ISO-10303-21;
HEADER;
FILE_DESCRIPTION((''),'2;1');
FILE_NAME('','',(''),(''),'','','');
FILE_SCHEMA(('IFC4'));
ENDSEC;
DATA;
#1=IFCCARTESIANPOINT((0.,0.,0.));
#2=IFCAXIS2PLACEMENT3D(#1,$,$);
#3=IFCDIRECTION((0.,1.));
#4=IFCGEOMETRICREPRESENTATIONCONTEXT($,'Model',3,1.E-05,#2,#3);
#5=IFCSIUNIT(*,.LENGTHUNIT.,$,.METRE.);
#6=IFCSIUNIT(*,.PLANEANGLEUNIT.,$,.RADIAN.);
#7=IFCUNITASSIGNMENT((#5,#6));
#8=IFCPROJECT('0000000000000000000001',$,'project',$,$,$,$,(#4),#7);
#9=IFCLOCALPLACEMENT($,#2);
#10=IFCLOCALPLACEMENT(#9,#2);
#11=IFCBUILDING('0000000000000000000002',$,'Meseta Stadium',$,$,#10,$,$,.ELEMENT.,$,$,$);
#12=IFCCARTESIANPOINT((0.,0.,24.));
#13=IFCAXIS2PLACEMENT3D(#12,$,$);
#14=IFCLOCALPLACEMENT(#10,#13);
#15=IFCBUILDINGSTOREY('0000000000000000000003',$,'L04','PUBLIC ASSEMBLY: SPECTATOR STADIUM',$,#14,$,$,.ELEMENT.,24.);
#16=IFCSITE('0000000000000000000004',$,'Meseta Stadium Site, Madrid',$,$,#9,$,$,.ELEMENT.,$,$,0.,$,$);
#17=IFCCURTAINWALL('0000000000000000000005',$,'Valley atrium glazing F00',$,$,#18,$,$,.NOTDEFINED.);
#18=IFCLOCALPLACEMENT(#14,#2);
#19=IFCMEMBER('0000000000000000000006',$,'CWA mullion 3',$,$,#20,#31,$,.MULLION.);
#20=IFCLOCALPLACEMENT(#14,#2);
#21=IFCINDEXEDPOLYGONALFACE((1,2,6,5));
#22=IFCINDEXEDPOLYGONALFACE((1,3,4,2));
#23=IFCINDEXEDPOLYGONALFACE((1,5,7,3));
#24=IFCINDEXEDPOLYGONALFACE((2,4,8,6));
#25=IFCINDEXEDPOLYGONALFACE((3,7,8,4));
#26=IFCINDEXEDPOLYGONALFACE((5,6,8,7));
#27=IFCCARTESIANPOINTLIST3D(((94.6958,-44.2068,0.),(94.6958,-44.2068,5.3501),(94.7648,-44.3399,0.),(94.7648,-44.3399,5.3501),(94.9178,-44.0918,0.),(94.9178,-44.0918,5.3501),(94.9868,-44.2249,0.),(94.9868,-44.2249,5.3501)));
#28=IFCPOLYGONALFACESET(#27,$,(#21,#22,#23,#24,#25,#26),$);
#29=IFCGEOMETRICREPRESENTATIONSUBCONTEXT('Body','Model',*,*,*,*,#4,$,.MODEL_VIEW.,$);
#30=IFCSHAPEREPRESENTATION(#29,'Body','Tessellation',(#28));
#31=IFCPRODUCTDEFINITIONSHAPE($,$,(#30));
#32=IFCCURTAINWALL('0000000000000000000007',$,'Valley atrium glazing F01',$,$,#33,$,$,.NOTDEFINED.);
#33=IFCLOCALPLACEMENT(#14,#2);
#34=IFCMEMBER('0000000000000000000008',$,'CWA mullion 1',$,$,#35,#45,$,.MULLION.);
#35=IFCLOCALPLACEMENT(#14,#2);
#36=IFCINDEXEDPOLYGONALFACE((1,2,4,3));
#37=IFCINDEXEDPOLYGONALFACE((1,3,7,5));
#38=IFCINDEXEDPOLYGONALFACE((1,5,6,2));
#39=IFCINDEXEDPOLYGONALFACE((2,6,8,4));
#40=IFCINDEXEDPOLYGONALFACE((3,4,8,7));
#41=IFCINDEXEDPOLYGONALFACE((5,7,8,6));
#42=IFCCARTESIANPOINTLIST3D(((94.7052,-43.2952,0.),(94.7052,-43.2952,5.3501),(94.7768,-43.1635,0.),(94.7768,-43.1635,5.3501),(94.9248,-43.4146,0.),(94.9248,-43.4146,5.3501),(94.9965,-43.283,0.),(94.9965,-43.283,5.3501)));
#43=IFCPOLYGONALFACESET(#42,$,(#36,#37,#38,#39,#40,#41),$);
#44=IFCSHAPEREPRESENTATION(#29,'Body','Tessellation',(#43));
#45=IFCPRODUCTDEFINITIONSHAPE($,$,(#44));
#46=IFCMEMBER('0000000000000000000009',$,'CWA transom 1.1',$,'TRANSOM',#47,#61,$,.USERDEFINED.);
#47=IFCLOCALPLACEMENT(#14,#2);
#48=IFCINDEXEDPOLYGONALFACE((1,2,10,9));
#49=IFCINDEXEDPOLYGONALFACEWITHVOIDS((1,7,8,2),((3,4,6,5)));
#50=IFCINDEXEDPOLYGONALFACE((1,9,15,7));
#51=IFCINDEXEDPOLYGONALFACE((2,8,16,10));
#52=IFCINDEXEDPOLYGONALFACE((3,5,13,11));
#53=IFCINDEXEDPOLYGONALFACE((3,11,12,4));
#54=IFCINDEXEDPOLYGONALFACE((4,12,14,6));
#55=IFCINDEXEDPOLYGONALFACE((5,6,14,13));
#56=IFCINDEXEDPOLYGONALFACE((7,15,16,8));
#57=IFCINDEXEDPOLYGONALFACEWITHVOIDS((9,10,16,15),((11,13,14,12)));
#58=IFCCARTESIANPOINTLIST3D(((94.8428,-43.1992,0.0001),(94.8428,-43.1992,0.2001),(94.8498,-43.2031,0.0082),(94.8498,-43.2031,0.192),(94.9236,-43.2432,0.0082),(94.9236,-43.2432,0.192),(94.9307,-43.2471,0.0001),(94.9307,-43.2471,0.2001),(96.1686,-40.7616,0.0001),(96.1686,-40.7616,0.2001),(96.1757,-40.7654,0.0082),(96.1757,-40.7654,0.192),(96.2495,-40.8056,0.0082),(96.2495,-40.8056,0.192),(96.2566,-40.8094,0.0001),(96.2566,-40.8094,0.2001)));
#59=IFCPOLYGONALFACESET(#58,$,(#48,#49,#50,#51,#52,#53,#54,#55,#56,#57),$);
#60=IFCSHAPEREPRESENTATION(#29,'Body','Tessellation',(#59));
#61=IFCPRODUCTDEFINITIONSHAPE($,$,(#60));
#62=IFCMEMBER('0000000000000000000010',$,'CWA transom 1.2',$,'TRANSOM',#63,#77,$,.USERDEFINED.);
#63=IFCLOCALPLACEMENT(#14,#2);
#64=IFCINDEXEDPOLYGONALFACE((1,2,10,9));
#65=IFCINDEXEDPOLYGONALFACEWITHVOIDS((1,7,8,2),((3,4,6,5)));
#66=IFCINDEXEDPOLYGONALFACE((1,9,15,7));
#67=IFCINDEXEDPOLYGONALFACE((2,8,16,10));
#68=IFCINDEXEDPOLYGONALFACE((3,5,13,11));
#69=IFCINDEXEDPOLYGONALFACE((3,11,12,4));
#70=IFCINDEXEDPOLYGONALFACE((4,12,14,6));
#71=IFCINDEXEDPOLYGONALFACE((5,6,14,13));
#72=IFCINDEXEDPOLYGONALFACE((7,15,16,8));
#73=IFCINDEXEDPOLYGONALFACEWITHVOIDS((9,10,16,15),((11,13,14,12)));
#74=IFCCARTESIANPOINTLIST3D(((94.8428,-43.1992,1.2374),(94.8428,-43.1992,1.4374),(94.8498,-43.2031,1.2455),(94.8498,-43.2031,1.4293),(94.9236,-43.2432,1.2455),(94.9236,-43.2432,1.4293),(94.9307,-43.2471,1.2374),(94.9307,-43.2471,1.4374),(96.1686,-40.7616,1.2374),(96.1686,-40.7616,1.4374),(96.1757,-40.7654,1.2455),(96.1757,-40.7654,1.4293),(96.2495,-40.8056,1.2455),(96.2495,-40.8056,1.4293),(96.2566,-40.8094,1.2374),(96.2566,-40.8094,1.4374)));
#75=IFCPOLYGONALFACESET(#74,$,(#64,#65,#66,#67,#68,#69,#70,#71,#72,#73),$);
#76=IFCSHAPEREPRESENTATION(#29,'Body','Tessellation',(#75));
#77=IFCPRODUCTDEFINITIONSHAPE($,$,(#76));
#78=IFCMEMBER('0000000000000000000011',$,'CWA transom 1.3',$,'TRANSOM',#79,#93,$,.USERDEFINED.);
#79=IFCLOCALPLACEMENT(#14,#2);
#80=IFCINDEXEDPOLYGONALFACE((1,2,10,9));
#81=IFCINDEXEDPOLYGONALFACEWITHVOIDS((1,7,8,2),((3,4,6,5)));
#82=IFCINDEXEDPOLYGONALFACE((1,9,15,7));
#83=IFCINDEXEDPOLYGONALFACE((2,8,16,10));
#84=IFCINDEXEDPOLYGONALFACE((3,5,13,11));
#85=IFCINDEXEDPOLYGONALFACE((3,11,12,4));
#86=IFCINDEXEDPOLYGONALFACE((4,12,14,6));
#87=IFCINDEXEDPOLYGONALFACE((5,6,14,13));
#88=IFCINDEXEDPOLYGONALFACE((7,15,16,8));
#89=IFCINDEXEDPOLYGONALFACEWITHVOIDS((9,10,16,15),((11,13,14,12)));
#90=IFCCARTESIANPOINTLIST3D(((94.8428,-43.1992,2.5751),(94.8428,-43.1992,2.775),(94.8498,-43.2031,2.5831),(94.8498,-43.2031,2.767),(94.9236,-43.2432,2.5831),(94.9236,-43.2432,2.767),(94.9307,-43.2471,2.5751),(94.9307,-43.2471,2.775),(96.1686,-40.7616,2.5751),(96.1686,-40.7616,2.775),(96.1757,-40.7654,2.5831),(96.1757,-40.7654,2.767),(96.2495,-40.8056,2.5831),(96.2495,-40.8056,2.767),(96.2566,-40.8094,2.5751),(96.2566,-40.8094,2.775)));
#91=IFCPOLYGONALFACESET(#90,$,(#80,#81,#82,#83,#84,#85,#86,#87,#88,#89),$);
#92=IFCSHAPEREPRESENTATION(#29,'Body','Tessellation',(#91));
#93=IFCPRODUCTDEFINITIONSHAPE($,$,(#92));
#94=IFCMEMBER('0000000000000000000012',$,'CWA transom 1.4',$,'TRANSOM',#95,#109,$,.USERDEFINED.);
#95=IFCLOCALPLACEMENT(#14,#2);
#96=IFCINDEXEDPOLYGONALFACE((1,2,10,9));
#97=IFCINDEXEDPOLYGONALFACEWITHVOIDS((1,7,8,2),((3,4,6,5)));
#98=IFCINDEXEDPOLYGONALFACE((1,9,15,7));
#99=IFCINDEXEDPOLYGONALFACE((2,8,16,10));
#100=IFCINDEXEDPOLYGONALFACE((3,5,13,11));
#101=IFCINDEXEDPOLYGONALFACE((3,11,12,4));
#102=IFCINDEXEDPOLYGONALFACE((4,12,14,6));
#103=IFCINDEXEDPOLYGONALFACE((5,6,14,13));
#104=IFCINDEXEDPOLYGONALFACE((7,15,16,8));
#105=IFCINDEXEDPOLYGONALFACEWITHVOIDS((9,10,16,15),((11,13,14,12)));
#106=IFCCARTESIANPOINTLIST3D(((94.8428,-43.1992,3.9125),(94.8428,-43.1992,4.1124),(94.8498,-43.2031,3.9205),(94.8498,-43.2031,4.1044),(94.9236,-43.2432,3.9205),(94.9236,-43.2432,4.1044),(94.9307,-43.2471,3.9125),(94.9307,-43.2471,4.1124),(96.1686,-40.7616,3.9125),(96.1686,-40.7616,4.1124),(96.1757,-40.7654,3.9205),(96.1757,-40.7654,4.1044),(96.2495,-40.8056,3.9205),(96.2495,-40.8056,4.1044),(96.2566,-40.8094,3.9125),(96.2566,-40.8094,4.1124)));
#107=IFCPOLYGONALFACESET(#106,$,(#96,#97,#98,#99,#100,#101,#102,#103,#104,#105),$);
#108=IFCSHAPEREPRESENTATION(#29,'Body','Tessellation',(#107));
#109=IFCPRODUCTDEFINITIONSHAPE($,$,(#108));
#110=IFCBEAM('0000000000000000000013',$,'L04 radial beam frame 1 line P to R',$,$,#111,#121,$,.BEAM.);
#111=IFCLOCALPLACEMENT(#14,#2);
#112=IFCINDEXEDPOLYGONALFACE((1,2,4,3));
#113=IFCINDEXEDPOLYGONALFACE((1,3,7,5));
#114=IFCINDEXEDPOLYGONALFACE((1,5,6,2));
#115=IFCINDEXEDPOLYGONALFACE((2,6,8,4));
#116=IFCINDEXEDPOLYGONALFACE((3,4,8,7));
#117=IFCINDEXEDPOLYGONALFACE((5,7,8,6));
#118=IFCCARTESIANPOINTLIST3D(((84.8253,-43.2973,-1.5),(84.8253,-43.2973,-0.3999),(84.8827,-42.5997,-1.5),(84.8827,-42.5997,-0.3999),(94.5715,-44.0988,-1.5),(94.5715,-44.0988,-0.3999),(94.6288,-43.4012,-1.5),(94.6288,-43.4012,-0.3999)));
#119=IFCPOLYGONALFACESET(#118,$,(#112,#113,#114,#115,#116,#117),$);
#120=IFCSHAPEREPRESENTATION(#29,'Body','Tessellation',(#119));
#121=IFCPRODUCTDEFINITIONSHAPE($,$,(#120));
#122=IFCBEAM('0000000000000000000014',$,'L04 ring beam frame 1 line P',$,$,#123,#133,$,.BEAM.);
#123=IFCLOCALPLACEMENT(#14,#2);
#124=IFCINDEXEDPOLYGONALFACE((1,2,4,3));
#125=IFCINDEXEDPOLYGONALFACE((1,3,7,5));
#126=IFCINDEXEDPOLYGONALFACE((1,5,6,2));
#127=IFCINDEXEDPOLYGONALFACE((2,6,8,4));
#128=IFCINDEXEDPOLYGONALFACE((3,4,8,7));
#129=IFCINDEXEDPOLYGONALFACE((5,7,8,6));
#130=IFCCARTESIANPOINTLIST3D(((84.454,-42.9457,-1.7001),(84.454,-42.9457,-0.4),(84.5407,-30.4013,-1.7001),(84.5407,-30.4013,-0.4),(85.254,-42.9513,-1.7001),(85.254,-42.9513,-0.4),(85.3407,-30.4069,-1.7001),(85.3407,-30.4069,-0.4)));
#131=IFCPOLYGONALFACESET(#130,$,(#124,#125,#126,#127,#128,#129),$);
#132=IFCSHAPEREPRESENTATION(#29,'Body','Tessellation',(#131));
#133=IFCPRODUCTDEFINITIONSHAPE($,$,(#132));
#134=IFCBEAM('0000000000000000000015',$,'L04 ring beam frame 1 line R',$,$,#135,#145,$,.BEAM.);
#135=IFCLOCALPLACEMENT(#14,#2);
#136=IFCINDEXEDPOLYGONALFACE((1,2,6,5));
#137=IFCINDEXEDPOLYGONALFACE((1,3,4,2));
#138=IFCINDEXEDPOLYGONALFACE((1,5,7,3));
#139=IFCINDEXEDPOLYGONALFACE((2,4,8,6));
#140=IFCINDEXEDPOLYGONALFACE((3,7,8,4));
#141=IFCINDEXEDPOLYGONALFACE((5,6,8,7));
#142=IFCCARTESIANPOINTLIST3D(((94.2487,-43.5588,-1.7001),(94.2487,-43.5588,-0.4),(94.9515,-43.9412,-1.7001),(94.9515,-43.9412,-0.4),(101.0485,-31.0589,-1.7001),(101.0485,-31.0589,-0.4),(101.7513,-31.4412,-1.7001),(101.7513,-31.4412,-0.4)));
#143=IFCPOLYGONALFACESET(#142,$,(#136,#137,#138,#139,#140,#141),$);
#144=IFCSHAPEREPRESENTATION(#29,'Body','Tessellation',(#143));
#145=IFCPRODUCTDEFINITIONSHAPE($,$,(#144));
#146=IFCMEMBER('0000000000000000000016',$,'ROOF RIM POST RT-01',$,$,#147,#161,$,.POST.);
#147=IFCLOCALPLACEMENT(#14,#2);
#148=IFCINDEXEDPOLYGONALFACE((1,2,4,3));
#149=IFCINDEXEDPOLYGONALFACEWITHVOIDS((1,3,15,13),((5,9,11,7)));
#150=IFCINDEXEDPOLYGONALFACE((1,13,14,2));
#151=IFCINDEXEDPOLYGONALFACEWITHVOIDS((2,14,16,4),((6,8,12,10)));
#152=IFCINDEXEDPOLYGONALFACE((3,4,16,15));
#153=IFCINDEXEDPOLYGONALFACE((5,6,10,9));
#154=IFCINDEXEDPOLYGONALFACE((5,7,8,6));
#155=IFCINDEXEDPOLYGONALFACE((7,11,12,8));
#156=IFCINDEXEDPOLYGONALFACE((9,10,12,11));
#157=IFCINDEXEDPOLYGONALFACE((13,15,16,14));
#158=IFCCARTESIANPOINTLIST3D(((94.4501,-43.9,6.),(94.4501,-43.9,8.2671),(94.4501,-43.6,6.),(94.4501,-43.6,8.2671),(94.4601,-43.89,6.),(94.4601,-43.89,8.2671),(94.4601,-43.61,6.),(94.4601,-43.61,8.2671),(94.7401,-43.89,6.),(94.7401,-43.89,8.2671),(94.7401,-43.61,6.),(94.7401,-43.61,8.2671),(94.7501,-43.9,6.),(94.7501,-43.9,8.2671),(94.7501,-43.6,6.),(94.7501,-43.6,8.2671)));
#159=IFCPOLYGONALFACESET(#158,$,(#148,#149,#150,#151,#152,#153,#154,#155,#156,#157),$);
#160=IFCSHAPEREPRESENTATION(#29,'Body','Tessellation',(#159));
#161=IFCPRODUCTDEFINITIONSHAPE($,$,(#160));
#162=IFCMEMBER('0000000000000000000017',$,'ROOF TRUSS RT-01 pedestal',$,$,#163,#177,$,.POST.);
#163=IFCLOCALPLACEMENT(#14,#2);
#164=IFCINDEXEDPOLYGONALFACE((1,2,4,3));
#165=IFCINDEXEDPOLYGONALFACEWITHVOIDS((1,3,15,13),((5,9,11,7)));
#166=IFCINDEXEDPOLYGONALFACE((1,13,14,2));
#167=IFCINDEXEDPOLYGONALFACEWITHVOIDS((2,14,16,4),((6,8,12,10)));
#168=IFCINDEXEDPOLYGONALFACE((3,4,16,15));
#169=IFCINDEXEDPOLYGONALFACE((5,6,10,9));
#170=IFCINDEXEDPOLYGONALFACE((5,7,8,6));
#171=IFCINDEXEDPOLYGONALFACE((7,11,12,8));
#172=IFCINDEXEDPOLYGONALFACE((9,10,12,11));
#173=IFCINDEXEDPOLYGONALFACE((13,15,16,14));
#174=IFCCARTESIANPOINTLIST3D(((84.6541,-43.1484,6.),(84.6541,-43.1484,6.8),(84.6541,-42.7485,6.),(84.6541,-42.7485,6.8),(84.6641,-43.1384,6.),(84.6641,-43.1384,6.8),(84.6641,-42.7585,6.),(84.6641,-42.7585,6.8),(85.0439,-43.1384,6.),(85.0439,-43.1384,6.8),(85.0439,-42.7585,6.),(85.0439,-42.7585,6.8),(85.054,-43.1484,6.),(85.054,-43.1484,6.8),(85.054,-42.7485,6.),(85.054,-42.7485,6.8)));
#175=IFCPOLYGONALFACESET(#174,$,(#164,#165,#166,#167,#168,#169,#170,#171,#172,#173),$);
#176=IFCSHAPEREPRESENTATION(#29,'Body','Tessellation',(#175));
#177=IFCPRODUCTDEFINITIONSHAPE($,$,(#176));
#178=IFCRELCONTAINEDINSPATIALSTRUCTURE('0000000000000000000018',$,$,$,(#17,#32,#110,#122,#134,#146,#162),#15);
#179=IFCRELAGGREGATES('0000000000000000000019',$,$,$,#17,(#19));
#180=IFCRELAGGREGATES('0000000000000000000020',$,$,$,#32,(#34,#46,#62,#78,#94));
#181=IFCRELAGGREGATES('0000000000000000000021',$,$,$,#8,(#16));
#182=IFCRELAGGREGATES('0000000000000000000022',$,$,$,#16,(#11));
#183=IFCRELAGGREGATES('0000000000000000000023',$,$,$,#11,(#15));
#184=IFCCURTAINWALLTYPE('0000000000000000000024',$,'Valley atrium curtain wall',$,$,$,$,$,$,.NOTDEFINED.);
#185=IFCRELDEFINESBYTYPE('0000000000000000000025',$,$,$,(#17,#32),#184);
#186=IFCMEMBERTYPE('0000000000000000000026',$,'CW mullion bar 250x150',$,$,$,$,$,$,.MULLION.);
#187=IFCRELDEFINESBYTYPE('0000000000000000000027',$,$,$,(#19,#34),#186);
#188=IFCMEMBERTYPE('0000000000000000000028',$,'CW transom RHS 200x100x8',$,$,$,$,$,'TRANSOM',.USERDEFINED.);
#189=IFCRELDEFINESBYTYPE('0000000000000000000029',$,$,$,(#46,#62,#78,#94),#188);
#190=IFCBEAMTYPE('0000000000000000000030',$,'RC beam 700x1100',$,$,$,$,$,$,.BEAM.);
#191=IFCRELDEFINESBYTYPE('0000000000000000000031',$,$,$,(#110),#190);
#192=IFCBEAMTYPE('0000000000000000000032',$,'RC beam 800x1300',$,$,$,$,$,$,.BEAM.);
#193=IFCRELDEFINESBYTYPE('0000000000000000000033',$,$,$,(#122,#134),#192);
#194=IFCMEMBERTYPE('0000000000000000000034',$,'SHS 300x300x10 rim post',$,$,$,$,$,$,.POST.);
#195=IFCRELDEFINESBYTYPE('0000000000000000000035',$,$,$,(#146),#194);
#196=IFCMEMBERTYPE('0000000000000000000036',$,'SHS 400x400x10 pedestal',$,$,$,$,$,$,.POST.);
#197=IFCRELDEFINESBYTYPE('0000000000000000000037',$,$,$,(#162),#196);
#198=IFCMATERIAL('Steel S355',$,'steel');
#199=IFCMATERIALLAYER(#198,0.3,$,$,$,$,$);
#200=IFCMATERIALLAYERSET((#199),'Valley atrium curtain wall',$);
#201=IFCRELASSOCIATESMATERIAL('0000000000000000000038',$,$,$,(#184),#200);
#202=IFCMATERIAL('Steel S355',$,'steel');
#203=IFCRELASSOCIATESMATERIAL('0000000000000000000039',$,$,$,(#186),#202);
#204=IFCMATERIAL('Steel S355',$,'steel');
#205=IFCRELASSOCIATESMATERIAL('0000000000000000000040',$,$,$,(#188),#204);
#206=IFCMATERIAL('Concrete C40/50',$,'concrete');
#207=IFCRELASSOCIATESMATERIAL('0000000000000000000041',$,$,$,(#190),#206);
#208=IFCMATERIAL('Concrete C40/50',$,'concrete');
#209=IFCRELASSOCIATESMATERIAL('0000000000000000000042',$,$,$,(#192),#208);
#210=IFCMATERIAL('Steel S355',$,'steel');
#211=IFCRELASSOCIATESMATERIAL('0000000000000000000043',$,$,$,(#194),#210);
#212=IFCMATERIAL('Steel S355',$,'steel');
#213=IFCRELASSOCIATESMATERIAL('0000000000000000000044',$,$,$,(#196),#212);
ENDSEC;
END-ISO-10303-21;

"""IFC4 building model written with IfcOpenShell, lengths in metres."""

from ifc_helpers import new_model, si_unit, direction, frame, origin, origin_2d, place, context, subcontext, project, spatial, rectangle, hollow_rectangle, extrude, material, layer, layer_set, material_profile, profile_set, type_object, element, aggregate, save


model = new_model("IFC4")

# Units and contexts
model_context = context("Model", 3, precision=1e-05, world=origin(), true_north=direction((0.0, 1.0)))
body_context = subcontext(model_context, "Body", "Model", "MODEL_VIEW")
ifc_project = project(units=[si_unit("LENGTHUNIT", "METRE"), si_unit("PLANEANGLEUNIT", "RADIAN")], contexts=[model_context])

# Site, building, storey
site_placement = place(None, origin())
site = spatial("IfcSite", under=ifc_project, at=site_placement, Name="Meseta Stadium Site, Madrid", CompositionType="ELEMENT", RefElevation=0.0)
building_placement = place(site_placement, origin())
building = spatial("IfcBuilding", under=site, at=building_placement, Name="Meseta Stadium", CompositionType="ELEMENT")
storey_placement = place(building_placement, frame((0.0, 0.0, 24.0)))
storey = spatial("IfcBuildingStorey", under=building, at=storey_placement, Name="L04", Description="PUBLIC ASSEMBLY: SPECTATOR STADIUM", CompositionType="ELEMENT", Elevation=24.0)

# Curtain wall, member
ifc_material_1 = material(Name="Steel S355", Category="steel")
ifc_layer_1 = layer(ifc_material_1, 0.3)
ifc_layer_set_1 = layer_set([ifc_layer_1], Name="Valley atrium curtain wall")
curtain_wall_type = type_object("IfcCurtainWallType", Name="Valley atrium curtain wall", PredefinedType="NOTDEFINED", material=ifc_layer_set_1)
curtain_wall_1_placement = place(storey_placement, origin())
curtain_wall_1 = element("IfcCurtainWall", 1, at=curtain_wall_1_placement, inside=storey, type_object=curtain_wall_type, Name="Valley atrium glazing F00", PredefinedType="NOTDEFINED")
ifc_material_2 = material(Name="Steel S355", Category="steel")
ifc_material_profile_1 = material_profile(ifc_material_2, rectangle(XDim=0.25, YDim=0.1499, at=origin_2d()), Name="CW 250x150")
ifc_profile_set_1 = profile_set([ifc_material_profile_1], Name="Steel S355")
member_type_1 = type_object("IfcMemberType", Name="CW mullion bar 250x150", PredefinedType="MULLION", material=ifc_profile_set_1)
member_1_placement = place(storey_placement, frame((94.8413, -44.2158, 0.0), z_axis=(0.0, 0.0, 1.0), x_axis=(-0.887911, -0.460016, 0.0)))
member_1 = element("IfcMember", 2, at=member_1_placement, type_object=member_type_1, Name="CWA mullion 3", PredefinedType="MULLION", context=body_context, shape_type="SweptSolid", body=[
    extrude(rectangle(XDim=0.25, YDim=0.1499, at=origin_2d()), origin(), (0.0, 0.0, 1.0), 5.3501),
])
aggregate(curtain_wall_1, [member_1])

# Curtain wall, members
curtain_wall_2_placement = place(storey_placement, origin())
curtain_wall_2 = element("IfcCurtainWall", 3, at=curtain_wall_2_placement, inside=storey, type_object=curtain_wall_type, Name="Valley atrium glazing F01", PredefinedType="NOTDEFINED")
member_2_placement = place(storey_placement, frame((94.8508, -43.2891, 0.0), z_axis=(0.0, 0.0, 1.0), x_axis=(-0.878432, 0.477867, 0.0)))
member_2 = element("IfcMember", 4, at=member_2_placement, type_object=member_type_1, Name="CWA mullion 1", PredefinedType="MULLION", context=body_context, shape_type="SweptSolid", body=[
    extrude(rectangle(XDim=0.25, YDim=0.1499, at=origin_2d()), origin(), (0.0, 0.0, 1.0), 5.3501),
])
ifc_material_3 = material(Name="Steel S355", Category="steel")
ifc_material_profile_2 = material_profile(ifc_material_3, hollow_rectangle(XDim=0.1001, YDim=0.2, WallThickness=0.0081, at=origin_2d()), Name="RHS 200x100x8")
ifc_profile_set_2 = profile_set([ifc_material_profile_2], Name="Steel S355")
member_type_2 = type_object("IfcMemberType", Name="CW transom RHS 200x100x8", ElementType="TRANSOM", PredefinedType="USERDEFINED", material=ifc_profile_set_2)
member_3_placement = place(storey_placement, frame((94.8867, -43.2231, 0.1001), z_axis=(0.47781, 0.878463, 0.0), x_axis=(-0.878463, 0.47781, 0.0)))
member_3 = element("IfcMember", 5, at=member_3_placement, type_object=member_type_2, Name="CWA transom 1.1", ObjectType="TRANSOM", PredefinedType="USERDEFINED", context=body_context, shape_type="SweptSolid", body=[
    extrude(hollow_rectangle(XDim=0.1001, YDim=0.2, WallThickness=0.0081, at=origin_2d()), origin(), (0.0, 0.0, 1.0), 2.7749),
])
member_4_placement = place(storey_placement, frame((94.8867, -43.2231, 1.3374), z_axis=(0.47781, 0.878463, 0.0), x_axis=(-0.878463, 0.47781, 0.0)))
member_4 = element("IfcMember", 6, at=member_4_placement, type_object=member_type_2, Name="CWA transom 1.2", ObjectType="TRANSOM", PredefinedType="USERDEFINED", context=body_context, shape_type="SweptSolid", body=[
    extrude(hollow_rectangle(XDim=0.1001, YDim=0.2, WallThickness=0.0081, at=origin_2d()), origin(), (0.0, 0.0, 1.0), 2.7749),
])
member_5_placement = place(storey_placement, frame((94.8867, -43.2231, 2.675), z_axis=(0.47781, 0.878463, 0.0), x_axis=(-0.878463, 0.47781, 0.0)))
member_5 = element("IfcMember", 7, at=member_5_placement, type_object=member_type_2, Name="CWA transom 1.3", ObjectType="TRANSOM", PredefinedType="USERDEFINED", context=body_context, shape_type="SweptSolid", body=[
    extrude(hollow_rectangle(XDim=0.1001, YDim=0.2, WallThickness=0.0081, at=origin_2d()), origin(), (0.0, 0.0, 1.0), 2.7749),
])
member_6_placement = place(storey_placement, frame((94.8867, -43.2231, 4.0125), z_axis=(0.47781, 0.878463, 0.0), x_axis=(-0.878463, 0.47781, 0.0)))
member_6 = element("IfcMember", 8, at=member_6_placement, type_object=member_type_2, Name="CWA transom 1.4", ObjectType="TRANSOM", PredefinedType="USERDEFINED", context=body_context, shape_type="SweptSolid", body=[
    extrude(hollow_rectangle(XDim=0.1001, YDim=0.2, WallThickness=0.0081, at=origin_2d()), origin(), (0.0, 0.0, 1.0), 2.7749),
])
aggregate(curtain_wall_2, [member_2, member_3, member_4, member_5, member_6])

# Beams
ifc_material_4 = material(Name="Concrete C40/50", Category="concrete")
ifc_material_profile_3 = material_profile(ifc_material_4, rectangle(XDim=0.7, YDim=1.1001, at=origin_2d()), Name="RC 700x1100")
ifc_profile_set_3 = profile_set([ifc_material_profile_3], Name="Concrete C40/50")
beam_type_1 = type_object("IfcBeamType", Name="RC beam 700x1100", PredefinedType="BEAM", material=ifc_profile_set_3)
beam_1_placement = place(storey_placement, frame((84.854, -42.9485, -0.95), z_axis=(0.996635, -0.081963, 0.0), x_axis=(0.081963, 0.996635, 0.0)))
element("IfcBeam", 9, at=beam_1_placement, inside=storey, type_object=beam_type_1, Name="L04 radial beam frame 1 line P to R", PredefinedType="BEAM", context=body_context, shape_type="SweptSolid", body=[
    extrude(rectangle(XDim=0.7, YDim=1.1001, at=origin_2d()), origin(), (0.0, 0.0, 1.0), 9.7791),
])
ifc_material_5 = material(Name="Concrete C40/50", Category="concrete")
ifc_material_profile_4 = material_profile(ifc_material_5, rectangle(XDim=0.8, YDim=1.3, at=origin_2d()), Name="RC 800x1300")
ifc_profile_set_4 = profile_set([ifc_material_profile_4], Name="Concrete C40/50")
beam_type_2 = type_object("IfcBeamType", Name="RC beam 800x1300", PredefinedType="BEAM", material=ifc_profile_set_4)
beam_2_placement = place(storey_placement, frame((84.854, -42.9485, -1.05), z_axis=(0.006909, 0.999976, 0.0), x_axis=(-0.999976, 0.006909, 0.0)))
element("IfcBeam", 10, at=beam_2_placement, inside=storey, type_object=beam_type_2, Name="L04 ring beam frame 1 line P", PredefinedType="BEAM", context=body_context, shape_type="SweptSolid", body=[
    extrude(rectangle(XDim=0.8, YDim=1.3, at=origin_2d()), origin(), (0.0, 0.0, 1.0), 12.5447),
])
beam_3_placement = place(storey_placement, frame((94.6001, -43.75, -1.05), z_axis=(0.477856, 0.878438, 0.0), x_axis=(-0.878438, 0.477856, 0.0)))
element("IfcBeam", 11, at=beam_3_placement, inside=storey, type_object=beam_type_2, Name="L04 ring beam frame 1 line R", PredefinedType="BEAM", context=body_context, shape_type="SweptSolid", body=[
    extrude(rectangle(XDim=0.8, YDim=1.3, at=origin_2d()), origin(), (0.0, 0.0, 1.0), 14.2297),
])

# Members
ifc_material_6 = material(Name="Steel S355", Category="steel")
ifc_material_profile_5 = material_profile(ifc_material_6, hollow_rectangle(XDim=0.3, YDim=0.3, WallThickness=0.01, at=origin_2d()), Name="SHS 300x300x10")
ifc_profile_set_5 = profile_set([ifc_material_profile_5], Name="Steel S355")
member_type_3 = type_object("IfcMemberType", Name="SHS 300x300x10 rim post", PredefinedType="POST", material=ifc_profile_set_5)
member_7_placement = place(storey_placement, frame((94.6001, -43.75, 6.0), z_axis=(0.0, 0.0, 1.0), x_axis=(1.0, 0.0, 0.0)))
element("IfcMember", 12, at=member_7_placement, inside=storey, type_object=member_type_3, Name="ROOF RIM POST RT-01", PredefinedType="POST", context=body_context, shape_type="SweptSolid", body=[
    extrude(hollow_rectangle(XDim=0.3, YDim=0.3, WallThickness=0.01, at=origin_2d()), origin(), (0.0, 0.0, 1.0), 2.2671),
])
ifc_material_7 = material(Name="Steel S355", Category="steel")
ifc_material_profile_6 = material_profile(ifc_material_7, hollow_rectangle(XDim=0.3999, YDim=0.3999, WallThickness=0.01, at=origin_2d()), Name="SHS 400x400x10")
ifc_profile_set_6 = profile_set([ifc_material_profile_6], Name="Steel S355")
member_type_4 = type_object("IfcMemberType", Name="SHS 400x400x10 pedestal", PredefinedType="POST", material=ifc_profile_set_6)
member_8_placement = place(storey_placement, frame((84.854, -42.9485, 6.0), z_axis=(0.0, 0.0, 1.0), x_axis=(1.0, 0.0, 0.0)))
element("IfcMember", 13, at=member_8_placement, inside=storey, type_object=member_type_4, Name="ROOF TRUSS RT-01 pedestal", PredefinedType="POST", context=body_context, shape_type="SweptSolid", body=[
    extrude(hollow_rectangle(XDim=0.3999, YDim=0.3999, WallThickness=0.01, at=origin_2d()), origin(), (0.0, 0.0, 1.0), 0.8),
])

save(model, "model.ifc")
